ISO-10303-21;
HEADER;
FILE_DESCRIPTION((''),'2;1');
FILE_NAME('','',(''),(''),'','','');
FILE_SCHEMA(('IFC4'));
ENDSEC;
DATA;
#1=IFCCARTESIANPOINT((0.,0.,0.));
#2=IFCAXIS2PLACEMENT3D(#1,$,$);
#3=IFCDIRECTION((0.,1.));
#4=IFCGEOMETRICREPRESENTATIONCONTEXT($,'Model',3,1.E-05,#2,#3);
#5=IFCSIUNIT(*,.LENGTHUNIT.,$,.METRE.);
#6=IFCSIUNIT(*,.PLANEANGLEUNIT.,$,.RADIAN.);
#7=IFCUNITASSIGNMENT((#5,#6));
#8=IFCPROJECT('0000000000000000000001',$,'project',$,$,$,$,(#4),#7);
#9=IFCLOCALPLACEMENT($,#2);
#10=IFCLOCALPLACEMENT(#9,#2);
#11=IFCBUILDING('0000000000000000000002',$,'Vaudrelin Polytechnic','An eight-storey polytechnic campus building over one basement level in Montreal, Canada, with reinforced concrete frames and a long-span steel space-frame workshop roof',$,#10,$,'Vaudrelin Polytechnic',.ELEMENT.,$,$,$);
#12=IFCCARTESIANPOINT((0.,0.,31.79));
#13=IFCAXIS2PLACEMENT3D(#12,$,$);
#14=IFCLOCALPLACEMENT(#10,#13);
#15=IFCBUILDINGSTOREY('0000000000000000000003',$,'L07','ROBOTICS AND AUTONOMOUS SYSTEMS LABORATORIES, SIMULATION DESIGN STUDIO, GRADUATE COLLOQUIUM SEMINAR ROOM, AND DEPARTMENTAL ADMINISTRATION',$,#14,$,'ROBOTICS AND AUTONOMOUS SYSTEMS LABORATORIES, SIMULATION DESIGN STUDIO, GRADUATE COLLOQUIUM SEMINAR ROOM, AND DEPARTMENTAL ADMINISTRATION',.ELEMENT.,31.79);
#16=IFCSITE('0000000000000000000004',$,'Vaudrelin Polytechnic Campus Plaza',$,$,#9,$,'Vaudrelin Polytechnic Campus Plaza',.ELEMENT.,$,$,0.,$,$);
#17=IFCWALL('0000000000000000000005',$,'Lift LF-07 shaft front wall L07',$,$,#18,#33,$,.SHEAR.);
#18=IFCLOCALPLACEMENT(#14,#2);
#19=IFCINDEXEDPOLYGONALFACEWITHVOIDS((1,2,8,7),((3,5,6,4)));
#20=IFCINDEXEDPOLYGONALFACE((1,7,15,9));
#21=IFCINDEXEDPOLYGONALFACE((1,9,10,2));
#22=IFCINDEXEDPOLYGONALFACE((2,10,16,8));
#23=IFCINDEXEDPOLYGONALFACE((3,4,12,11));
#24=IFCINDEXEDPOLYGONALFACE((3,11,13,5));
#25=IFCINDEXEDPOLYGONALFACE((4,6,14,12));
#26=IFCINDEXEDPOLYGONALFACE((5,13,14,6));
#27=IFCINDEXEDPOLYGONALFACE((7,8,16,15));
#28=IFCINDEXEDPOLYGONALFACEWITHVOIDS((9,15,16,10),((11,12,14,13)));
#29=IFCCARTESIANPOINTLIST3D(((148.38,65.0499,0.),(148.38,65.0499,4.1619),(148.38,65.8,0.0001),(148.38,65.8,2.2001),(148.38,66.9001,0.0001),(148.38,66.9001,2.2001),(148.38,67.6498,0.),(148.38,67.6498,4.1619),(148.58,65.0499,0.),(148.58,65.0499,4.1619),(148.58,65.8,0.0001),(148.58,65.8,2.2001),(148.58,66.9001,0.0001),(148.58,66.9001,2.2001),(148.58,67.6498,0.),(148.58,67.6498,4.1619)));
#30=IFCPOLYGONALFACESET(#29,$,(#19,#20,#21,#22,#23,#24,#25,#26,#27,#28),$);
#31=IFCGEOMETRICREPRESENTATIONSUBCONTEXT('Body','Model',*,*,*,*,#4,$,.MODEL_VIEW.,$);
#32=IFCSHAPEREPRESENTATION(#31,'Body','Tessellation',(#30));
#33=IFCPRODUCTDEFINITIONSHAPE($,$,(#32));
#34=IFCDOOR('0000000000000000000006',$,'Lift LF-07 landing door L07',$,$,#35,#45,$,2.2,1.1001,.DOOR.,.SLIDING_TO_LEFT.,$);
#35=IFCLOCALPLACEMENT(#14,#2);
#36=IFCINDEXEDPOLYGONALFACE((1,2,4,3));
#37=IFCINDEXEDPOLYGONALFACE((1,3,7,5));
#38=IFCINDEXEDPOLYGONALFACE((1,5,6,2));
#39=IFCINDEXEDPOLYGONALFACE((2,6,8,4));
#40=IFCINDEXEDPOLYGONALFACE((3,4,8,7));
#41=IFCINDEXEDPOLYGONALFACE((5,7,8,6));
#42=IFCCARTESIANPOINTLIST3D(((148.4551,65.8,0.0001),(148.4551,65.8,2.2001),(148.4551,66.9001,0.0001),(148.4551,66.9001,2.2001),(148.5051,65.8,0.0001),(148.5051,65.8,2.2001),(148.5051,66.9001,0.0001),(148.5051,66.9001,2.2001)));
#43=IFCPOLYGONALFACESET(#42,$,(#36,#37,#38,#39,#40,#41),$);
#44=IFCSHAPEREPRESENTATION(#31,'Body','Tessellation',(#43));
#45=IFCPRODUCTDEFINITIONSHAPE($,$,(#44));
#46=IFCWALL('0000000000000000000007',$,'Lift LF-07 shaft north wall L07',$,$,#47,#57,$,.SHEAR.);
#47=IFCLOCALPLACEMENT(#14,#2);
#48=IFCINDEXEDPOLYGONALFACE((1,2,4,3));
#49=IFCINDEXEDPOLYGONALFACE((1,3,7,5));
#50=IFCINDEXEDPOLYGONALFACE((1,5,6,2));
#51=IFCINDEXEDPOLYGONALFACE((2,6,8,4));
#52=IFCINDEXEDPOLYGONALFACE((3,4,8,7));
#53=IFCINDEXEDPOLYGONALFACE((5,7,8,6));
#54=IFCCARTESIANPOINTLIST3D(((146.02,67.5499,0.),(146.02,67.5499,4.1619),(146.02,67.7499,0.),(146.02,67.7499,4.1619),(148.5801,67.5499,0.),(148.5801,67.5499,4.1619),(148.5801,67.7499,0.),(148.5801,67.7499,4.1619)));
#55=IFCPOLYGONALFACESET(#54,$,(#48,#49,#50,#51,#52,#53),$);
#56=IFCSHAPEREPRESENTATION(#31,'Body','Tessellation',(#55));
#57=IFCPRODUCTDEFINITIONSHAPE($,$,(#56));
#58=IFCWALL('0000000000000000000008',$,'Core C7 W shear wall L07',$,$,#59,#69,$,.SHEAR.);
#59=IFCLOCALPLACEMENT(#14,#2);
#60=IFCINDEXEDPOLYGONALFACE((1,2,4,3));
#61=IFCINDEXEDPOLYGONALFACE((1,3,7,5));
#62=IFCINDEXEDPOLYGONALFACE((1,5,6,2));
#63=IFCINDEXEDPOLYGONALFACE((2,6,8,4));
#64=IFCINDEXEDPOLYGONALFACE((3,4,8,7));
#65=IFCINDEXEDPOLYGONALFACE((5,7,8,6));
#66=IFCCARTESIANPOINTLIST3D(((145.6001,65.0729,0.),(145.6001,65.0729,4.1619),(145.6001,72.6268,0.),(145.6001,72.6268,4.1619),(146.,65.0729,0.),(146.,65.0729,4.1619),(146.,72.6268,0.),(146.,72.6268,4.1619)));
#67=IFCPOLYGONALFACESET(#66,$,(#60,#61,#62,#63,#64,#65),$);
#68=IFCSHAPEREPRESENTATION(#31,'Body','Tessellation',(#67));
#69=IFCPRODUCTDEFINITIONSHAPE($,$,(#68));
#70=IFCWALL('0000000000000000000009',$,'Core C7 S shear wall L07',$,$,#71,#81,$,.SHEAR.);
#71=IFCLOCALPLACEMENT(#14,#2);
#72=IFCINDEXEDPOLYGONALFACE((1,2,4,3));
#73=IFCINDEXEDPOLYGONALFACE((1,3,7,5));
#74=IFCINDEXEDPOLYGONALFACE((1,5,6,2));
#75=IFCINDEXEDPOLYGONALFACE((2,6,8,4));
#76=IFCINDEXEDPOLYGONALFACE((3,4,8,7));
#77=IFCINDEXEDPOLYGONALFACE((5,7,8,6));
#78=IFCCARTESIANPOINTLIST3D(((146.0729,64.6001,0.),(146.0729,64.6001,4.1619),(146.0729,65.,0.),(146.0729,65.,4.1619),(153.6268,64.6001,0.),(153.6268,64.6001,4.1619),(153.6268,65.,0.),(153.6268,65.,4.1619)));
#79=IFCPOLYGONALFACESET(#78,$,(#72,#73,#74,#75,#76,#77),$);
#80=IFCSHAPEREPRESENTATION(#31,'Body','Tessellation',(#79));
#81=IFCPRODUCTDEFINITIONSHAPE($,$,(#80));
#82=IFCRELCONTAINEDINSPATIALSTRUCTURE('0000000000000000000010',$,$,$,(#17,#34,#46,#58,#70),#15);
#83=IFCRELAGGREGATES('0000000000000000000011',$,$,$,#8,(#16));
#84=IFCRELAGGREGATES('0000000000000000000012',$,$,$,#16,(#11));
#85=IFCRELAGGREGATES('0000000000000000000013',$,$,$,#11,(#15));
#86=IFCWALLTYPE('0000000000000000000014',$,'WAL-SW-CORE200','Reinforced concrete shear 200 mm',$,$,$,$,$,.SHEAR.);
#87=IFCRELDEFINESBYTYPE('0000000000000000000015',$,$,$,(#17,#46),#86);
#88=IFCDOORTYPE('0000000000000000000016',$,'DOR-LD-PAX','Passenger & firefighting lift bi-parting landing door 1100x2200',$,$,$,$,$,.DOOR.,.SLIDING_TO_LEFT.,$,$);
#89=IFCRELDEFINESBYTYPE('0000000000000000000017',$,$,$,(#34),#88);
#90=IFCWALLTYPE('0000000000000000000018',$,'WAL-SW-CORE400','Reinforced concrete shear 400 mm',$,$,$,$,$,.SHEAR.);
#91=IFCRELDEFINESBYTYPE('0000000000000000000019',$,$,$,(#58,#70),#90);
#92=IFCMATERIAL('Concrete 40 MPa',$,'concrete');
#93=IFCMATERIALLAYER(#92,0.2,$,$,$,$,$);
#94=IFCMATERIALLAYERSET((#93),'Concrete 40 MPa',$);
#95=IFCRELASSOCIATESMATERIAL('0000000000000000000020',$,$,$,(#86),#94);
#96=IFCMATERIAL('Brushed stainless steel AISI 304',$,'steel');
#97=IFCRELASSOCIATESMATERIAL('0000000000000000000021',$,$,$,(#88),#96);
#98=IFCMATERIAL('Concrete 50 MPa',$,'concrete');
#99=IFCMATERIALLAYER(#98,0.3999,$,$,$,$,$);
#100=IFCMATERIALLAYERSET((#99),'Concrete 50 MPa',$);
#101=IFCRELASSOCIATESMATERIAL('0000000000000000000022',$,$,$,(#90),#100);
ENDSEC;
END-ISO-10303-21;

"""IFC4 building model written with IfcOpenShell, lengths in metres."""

from ifc_helpers import new_model, si_unit, direction, frame, frame_2d, origin, place, context, subcontext, project, spatial, rectangle, extrude, material, layer, layer_set, type_object, element, fill, save


model = new_model("IFC4")

# Units and contexts
model_context = context("Model", 3, precision=1e-05, world=origin(), true_north=direction((0.0, 1.0)))
body_context = subcontext(model_context, "Body", "Model", "MODEL_VIEW")
ifc_project = project(units=[si_unit("LENGTHUNIT", "METRE"), si_unit("PLANEANGLEUNIT", "RADIAN")], contexts=[model_context])

# Site, building, storey
site_placement = place(None, origin())
site = spatial("IfcSite", under=ifc_project, at=site_placement, Name="Vaudrelin Polytechnic Campus Plaza", LongName="Vaudrelin Polytechnic Campus Plaza", CompositionType="ELEMENT", RefElevation=0.0)
building_placement = place(site_placement, origin())
building = spatial("IfcBuilding", under=site, at=building_placement, Name="Vaudrelin Polytechnic", Description="An eight-storey polytechnic campus building over one basement level in Montreal, Canada, with reinforced concrete frames and a long-span steel space-frame workshop roof", LongName="Vaudrelin Polytechnic", CompositionType="ELEMENT")
storey_placement = place(building_placement, frame((0.0, 0.0, 31.79)))
storey = spatial("IfcBuildingStorey", under=building, at=storey_placement, Name="L07", Description="ROBOTICS AND AUTONOMOUS SYSTEMS LABORATORIES, SIMULATION DESIGN STUDIO, GRADUATE COLLOQUIUM SEMINAR ROOM, AND DEPARTMENTAL ADMINISTRATION", LongName="ROBOTICS AND AUTONOMOUS SYSTEMS LABORATORIES, SIMULATION DESIGN STUDIO, GRADUATE COLLOQUIUM SEMINAR ROOM, AND DEPARTMENTAL ADMINISTRATION", CompositionType="ELEMENT", Elevation=31.79)

# Shared definitions
ifc_material_1 = material(Name="Concrete 40 MPa", Category="concrete")
ifc_material_2 = material(Name="Concrete 50 MPa", Category="concrete")

# Wall, opening, door
ifc_layer_1 = layer(ifc_material_1, 0.2)
ifc_layer_set_1 = layer_set([ifc_layer_1], Name="Concrete 40 MPa")
wall_type_1 = type_object("IfcWallType", Name="WAL-SW-CORE200", Description="Reinforced concrete shear 200 mm", PredefinedType="SHEAR", material=ifc_layer_set_1)
wall_1_placement = place(storey_placement, frame((148.48, 65.05, 0.0), z_axis=(0.0, 0.0, 1.0), x_axis=(0.0, 1.0, 0.0)))
wall_1 = element("IfcWall", 1, at=wall_1_placement, inside=storey, type_object=wall_type_1, Name="Lift LF-07 shaft front wall L07", PredefinedType="SHEAR", context=body_context, shape_type="SweptSolid", body=[
    extrude(rectangle(XDim=2.5999, YDim=0.2, at=frame_2d((1.2998, 0.0))), origin(), (0.0, 0.0, 1.0), 4.1619),
])
opening_1_placement = place(wall_1_placement, frame((0.75, 0.0, 0.0)))
opening_1 = element("IfcOpeningElement", 2, at=opening_1_placement, cuts=wall_1, PredefinedType="OPENING", context=body_context, shape_type="SweptSolid", body=[
    extrude(rectangle(XDim=1.1001, YDim=2.2, at=frame_2d((0.55, 1.1001))), frame((0.0, 0.1099, 0.0), z_axis=(0.0, -1.0, 0.0), x_axis=(1.0, 0.0, 0.0)), (0.0, 0.0, 1.0), 0.22),
])
ifc_material_3 = material(Name="Brushed stainless steel AISI 304", Category="steel")
door_type_1 = type_object("IfcDoorType", Name="DOR-LD-PAX", Description="Passenger & firefighting lift bi-parting landing door 1100x2200", OperationType="SLIDING_TO_LEFT", PredefinedType="DOOR", material=ifc_material_3)
door_1_placement = place(opening_1_placement, origin())
door_1 = element("IfcDoor", 3, at=door_1_placement, inside=storey, type_object=door_type_1, Name="Lift LF-07 landing door L07", OperationType="SLIDING_TO_LEFT", OverallHeight=2.2, OverallWidth=1.1001, PredefinedType="DOOR", context=body_context, shape_type="SweptSolid", body=[
    extrude(rectangle(XDim=1.1001, YDim=2.2, at=frame_2d((0.55, 1.1001))), frame((0.0, 0.0249, 0.0), z_axis=(0.0, -1.0, 0.0), x_axis=(1.0, 0.0, 0.0)), (0.0, 0.0, 1.0), 0.05),
])
fill(opening_1, door_1)

# Walls
wall_2_placement = place(storey_placement, frame((146.02, 67.6499, 0.0), z_axis=(0.0, 0.0, 1.0), x_axis=(1.0, 0.0, 0.0)))
element("IfcWall", 4, at=wall_2_placement, inside=storey, type_object=wall_type_1, Name="Lift LF-07 shaft north wall L07", PredefinedType="SHEAR", context=body_context, shape_type="SweptSolid", body=[
    extrude(rectangle(XDim=2.5601, YDim=0.2, at=frame_2d((1.28, 0.0))), origin(), (0.0, 0.0, 1.0), 4.1619),
])
ifc_layer_2 = layer(ifc_material_2, 0.3999)
ifc_layer_set_2 = layer_set([ifc_layer_2], Name="Concrete 50 MPa")
wall_type_2 = type_object("IfcWallType", Name="WAL-SW-CORE400", Description="Reinforced concrete shear 400 mm", PredefinedType="SHEAR", material=ifc_layer_set_2)
for number, where, z_axis, x_axis, name in (
    (5, (145.8, 65.073, 0.0), (0.0, 0.0, 1.0), (0.0, 1.0, 0.0), "Core C7 W shear wall L07"),
    (6, (146.073, 64.8, 0.0), (0.0, 0.0, 1.0), (1.0, 0.0, 0.0), "Core C7 S shear wall L07"),
):
    element("IfcWall", number, at=place(storey_placement, frame(where, z_axis=z_axis, x_axis=x_axis)), inside=storey, type_object=wall_type_2, Name=name, PredefinedType="SHEAR", context=body_context, shape_type="SweptSolid", body=[
        extrude(rectangle(XDim=7.554, YDim=0.3999, at=frame_2d((3.7769, 0.0))), origin(), (0.0, 0.0, 1.0), 4.1619),
    ])

save(model, "model.ifc")
